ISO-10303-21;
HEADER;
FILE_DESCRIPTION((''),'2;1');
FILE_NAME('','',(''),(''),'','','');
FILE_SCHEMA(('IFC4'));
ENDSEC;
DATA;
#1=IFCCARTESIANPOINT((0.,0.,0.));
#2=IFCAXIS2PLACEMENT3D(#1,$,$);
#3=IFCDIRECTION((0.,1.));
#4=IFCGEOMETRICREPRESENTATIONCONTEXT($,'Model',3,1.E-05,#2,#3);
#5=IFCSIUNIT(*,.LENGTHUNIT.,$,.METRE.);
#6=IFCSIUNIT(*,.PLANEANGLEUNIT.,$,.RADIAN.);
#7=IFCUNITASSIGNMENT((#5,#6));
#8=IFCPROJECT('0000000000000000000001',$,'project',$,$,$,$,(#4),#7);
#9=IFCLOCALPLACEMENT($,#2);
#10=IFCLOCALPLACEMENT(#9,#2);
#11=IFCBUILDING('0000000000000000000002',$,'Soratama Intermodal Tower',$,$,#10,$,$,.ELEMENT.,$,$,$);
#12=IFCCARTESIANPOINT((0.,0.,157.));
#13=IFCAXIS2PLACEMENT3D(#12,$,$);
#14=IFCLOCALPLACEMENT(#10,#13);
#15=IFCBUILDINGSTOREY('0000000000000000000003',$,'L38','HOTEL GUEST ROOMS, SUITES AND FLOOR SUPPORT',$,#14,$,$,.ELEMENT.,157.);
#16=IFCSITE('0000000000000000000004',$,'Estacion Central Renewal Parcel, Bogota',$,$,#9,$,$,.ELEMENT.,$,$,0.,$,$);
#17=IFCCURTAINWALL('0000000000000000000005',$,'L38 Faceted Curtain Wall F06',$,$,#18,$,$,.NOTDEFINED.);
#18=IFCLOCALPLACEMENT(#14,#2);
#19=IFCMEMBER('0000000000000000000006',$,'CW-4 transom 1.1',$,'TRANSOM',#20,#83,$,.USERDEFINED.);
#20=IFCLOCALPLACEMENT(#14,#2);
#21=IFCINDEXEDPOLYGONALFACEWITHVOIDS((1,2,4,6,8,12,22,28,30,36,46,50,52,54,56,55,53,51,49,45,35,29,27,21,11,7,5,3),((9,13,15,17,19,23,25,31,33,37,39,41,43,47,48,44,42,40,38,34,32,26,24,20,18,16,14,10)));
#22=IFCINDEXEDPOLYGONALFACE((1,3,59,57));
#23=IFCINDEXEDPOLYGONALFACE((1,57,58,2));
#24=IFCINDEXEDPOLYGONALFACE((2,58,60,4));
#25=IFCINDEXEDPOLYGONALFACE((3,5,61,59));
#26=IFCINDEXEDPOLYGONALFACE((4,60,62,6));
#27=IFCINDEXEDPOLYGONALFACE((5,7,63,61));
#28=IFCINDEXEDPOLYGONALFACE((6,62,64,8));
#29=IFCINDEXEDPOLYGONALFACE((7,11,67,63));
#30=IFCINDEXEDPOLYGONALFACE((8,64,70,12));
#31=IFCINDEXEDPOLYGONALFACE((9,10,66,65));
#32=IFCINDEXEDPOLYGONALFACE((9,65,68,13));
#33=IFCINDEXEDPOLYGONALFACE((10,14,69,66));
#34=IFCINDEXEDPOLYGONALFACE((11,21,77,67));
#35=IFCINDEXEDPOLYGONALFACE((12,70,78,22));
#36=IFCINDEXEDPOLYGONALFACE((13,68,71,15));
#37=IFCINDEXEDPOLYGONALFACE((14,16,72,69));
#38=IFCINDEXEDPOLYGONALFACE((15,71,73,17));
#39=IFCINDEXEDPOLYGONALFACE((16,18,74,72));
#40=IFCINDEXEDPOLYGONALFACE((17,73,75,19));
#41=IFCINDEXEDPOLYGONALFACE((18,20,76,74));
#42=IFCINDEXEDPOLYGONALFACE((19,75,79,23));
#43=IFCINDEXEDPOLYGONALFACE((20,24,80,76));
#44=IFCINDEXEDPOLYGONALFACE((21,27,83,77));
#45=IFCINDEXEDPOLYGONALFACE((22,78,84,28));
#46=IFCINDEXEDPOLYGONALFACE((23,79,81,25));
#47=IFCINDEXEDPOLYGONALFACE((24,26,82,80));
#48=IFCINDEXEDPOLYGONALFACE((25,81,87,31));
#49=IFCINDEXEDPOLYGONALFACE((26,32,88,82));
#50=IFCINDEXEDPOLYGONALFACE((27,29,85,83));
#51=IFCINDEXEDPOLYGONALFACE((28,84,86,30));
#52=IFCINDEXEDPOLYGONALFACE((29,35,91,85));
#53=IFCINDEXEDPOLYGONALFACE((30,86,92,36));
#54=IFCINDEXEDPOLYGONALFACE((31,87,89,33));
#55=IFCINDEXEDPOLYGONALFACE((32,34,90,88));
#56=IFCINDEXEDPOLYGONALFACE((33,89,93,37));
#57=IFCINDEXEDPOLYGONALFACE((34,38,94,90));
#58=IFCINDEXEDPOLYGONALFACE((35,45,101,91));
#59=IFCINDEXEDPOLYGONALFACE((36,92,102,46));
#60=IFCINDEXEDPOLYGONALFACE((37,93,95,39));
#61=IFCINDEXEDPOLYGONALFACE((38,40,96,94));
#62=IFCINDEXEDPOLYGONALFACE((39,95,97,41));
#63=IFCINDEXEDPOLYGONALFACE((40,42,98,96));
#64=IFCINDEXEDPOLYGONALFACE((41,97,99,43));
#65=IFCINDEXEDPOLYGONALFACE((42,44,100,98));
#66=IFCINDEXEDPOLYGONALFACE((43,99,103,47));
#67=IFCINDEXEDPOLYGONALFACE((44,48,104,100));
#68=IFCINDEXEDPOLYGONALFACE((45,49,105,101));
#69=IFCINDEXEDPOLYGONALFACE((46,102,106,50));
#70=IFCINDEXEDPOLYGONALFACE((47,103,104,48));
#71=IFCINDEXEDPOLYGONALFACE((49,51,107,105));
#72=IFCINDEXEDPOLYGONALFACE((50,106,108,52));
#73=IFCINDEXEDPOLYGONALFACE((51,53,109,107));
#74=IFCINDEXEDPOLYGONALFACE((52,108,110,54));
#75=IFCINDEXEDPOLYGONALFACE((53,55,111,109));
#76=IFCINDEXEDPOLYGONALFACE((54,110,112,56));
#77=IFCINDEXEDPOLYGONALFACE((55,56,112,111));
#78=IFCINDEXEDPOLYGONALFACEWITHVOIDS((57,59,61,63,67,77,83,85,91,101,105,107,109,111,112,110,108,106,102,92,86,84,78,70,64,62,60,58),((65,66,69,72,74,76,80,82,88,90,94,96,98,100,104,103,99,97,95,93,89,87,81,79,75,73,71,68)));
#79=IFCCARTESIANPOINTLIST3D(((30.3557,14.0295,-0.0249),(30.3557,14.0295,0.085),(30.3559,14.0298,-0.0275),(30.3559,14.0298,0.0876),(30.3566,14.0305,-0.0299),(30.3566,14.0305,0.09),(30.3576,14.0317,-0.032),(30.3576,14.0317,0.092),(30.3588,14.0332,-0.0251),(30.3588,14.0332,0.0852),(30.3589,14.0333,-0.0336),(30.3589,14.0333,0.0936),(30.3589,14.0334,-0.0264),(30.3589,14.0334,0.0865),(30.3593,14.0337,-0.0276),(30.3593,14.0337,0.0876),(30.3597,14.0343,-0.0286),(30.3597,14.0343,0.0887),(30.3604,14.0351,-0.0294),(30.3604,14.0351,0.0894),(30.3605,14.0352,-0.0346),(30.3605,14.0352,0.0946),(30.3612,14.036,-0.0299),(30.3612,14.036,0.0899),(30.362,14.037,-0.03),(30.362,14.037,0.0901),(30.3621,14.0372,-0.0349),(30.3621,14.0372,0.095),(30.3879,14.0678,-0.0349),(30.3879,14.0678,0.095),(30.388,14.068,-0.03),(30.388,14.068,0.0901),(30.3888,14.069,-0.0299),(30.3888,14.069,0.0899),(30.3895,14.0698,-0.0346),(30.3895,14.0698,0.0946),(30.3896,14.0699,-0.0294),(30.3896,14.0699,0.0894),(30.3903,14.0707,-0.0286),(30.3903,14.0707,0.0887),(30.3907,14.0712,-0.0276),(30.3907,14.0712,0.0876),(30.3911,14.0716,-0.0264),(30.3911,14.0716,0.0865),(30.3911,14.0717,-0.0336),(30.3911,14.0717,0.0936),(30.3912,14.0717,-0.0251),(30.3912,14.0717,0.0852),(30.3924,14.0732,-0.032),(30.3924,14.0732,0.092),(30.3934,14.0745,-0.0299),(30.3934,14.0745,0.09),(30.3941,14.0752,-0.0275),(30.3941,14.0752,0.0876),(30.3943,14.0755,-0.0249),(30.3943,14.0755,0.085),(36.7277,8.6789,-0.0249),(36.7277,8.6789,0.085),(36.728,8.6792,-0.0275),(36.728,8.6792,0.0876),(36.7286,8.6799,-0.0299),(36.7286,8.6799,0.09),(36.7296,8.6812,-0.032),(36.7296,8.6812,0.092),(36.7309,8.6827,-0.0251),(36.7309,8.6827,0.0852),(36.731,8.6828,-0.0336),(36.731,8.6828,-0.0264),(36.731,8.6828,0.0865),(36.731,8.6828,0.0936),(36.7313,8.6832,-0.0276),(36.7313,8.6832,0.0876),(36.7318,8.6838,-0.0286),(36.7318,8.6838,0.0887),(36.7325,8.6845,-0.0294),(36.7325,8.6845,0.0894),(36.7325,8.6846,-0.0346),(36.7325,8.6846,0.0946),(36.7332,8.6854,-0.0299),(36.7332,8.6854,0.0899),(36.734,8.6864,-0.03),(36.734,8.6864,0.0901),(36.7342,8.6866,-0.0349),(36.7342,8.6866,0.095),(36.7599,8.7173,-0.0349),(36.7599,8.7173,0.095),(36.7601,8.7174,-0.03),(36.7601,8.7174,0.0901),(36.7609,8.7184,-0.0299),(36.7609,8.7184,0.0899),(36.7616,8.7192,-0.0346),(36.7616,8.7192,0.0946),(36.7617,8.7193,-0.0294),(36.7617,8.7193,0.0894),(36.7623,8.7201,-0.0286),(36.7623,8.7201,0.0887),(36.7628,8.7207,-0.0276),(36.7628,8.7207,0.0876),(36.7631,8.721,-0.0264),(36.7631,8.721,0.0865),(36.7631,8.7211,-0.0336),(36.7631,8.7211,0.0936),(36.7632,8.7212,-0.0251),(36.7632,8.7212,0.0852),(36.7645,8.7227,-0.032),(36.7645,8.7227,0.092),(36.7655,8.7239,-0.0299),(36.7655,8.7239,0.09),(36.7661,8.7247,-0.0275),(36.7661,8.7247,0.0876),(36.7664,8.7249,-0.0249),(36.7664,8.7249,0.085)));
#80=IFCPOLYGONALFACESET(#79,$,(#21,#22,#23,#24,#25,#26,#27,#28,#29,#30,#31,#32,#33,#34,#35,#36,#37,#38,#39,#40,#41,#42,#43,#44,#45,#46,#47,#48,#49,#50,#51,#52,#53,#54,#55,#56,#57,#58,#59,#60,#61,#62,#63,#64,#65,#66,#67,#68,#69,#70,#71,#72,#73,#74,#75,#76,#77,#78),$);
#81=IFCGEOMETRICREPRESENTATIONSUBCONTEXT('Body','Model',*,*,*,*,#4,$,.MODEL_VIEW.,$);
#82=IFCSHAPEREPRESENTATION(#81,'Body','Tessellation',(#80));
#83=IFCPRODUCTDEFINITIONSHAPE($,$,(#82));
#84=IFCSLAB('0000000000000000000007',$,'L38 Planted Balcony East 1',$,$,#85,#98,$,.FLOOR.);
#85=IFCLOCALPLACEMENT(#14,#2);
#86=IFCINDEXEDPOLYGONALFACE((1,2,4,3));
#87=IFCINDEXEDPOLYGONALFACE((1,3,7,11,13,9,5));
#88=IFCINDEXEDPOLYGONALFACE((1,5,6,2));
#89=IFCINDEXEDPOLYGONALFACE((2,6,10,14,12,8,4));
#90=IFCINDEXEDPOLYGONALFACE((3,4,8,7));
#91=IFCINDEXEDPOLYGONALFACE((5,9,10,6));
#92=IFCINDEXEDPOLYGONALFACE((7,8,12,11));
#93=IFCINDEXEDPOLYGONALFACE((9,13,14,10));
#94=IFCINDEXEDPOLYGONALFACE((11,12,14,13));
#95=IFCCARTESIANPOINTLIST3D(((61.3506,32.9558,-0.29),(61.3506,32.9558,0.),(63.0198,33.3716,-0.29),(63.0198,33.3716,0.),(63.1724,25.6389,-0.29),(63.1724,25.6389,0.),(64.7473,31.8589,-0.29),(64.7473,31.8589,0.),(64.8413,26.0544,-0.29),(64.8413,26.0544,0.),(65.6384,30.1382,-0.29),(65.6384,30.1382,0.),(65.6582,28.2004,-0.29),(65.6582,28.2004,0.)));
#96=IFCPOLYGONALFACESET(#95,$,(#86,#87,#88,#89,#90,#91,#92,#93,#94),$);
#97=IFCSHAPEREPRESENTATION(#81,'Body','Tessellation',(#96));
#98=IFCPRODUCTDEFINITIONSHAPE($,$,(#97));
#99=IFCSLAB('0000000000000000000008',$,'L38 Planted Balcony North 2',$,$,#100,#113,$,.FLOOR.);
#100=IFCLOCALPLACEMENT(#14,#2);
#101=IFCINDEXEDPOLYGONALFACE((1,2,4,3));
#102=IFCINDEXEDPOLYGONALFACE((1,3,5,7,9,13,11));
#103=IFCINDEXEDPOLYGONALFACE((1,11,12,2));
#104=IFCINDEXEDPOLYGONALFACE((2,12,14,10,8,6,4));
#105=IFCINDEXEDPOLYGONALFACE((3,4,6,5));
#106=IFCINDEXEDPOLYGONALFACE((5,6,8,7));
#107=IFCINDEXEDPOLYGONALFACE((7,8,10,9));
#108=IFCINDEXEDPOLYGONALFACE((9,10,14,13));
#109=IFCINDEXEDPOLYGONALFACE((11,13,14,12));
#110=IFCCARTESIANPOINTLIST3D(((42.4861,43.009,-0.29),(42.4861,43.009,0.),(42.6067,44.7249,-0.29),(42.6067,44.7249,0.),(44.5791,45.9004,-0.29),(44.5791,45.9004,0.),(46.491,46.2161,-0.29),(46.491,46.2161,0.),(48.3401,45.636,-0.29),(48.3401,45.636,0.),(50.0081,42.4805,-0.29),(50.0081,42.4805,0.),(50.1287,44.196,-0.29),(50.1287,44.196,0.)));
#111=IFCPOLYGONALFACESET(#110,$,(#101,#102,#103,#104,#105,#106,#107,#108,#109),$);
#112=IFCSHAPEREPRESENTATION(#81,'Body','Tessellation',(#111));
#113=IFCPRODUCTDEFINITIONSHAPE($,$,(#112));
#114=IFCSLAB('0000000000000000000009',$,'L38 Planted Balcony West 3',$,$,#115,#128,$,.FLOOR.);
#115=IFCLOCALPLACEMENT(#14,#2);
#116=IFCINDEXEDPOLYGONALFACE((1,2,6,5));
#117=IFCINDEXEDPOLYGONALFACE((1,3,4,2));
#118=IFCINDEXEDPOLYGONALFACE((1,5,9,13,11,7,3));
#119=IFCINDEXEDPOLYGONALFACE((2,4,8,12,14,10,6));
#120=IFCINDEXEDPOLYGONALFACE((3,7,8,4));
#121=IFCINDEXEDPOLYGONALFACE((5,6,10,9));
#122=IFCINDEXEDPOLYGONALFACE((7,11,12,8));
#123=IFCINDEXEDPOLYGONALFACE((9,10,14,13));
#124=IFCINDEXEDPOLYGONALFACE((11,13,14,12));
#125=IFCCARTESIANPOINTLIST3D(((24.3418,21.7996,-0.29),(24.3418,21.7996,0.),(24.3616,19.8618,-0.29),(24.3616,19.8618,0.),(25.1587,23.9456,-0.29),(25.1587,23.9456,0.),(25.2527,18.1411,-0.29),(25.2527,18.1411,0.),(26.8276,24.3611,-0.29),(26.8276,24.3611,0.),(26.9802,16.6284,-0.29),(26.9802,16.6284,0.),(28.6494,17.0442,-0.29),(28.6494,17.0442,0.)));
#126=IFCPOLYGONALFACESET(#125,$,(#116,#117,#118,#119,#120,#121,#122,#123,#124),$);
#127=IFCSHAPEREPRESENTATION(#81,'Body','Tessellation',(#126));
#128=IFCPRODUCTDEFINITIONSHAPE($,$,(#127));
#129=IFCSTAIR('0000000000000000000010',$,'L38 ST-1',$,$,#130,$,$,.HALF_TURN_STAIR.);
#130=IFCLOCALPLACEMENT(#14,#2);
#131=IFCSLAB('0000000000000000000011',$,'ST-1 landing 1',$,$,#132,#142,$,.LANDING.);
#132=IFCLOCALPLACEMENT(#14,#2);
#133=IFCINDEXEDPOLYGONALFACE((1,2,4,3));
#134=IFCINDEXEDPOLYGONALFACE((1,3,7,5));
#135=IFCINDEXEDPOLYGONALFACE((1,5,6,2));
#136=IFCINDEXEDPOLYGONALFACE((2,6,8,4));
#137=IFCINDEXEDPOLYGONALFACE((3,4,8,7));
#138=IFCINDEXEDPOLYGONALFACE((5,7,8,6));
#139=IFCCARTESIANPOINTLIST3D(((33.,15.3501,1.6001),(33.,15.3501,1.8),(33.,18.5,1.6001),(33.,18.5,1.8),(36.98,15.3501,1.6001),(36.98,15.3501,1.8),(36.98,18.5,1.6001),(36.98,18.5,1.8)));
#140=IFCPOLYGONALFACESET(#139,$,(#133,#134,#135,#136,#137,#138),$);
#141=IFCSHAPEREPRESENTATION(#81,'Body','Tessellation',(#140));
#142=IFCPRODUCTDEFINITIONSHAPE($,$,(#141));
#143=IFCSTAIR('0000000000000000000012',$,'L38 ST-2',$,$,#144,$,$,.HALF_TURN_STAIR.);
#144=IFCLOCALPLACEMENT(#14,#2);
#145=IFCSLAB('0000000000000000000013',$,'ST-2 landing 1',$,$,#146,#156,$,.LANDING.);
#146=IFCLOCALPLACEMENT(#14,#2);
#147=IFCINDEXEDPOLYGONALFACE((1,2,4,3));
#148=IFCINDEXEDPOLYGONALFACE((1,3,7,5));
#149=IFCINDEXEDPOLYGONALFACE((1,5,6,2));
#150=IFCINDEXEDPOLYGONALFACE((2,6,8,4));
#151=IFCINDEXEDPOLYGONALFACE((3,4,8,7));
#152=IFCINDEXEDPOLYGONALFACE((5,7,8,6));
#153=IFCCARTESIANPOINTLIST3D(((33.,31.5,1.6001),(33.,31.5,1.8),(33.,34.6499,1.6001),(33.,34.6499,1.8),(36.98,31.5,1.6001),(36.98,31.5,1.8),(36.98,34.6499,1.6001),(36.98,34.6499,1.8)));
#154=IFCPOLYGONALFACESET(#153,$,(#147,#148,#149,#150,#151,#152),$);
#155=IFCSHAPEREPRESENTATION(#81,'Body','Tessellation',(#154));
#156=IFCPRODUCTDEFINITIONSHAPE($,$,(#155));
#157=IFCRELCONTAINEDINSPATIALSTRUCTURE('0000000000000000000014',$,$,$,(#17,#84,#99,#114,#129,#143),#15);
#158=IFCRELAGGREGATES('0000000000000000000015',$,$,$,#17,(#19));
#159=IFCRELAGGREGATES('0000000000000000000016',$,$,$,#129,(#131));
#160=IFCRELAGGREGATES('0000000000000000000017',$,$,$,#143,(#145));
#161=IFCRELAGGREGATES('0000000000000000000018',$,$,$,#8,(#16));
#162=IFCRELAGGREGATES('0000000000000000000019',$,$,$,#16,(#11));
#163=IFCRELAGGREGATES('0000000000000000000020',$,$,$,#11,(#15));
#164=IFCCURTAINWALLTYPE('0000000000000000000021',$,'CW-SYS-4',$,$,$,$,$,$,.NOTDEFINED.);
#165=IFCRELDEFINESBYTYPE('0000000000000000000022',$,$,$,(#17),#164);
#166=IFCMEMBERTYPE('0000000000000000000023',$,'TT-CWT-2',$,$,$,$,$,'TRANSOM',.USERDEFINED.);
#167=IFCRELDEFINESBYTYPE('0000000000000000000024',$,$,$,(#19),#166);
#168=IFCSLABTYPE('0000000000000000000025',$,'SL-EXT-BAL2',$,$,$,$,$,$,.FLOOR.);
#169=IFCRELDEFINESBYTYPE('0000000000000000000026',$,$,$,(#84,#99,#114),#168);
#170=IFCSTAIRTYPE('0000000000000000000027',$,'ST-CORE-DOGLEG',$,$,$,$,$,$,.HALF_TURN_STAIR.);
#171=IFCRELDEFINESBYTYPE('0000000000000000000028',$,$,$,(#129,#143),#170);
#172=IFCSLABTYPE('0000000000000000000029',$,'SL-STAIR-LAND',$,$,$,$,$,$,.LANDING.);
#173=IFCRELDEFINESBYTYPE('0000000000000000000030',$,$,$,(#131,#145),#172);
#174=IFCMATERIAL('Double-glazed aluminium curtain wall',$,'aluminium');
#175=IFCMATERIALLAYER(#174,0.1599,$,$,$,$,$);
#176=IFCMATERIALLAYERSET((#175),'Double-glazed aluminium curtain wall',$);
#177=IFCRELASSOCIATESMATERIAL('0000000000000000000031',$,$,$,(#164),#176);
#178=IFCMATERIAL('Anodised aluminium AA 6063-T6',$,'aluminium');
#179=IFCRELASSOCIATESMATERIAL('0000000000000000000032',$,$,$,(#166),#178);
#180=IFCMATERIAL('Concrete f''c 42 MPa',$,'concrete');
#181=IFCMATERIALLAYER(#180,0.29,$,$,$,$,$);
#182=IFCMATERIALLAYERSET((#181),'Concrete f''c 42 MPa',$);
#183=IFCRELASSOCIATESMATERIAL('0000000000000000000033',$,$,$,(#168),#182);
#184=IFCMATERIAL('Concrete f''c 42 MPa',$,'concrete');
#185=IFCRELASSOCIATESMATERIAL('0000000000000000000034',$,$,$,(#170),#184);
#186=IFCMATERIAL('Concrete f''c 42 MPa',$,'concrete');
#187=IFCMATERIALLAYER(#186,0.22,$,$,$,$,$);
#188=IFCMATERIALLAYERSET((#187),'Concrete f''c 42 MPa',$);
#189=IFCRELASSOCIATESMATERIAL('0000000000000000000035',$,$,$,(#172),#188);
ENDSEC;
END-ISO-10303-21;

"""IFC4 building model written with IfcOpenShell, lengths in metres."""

from ifc_helpers import new_model, si_unit, direction, frame, origin, origin_2d, place, context, subcontext, project, spatial, polyline, hollow_rectangle, outline, extrude, material, layer, layer_set, material_profile, profile_set, type_object, element, aggregate, save


model = new_model("IFC4")

# Units and contexts
model_context = context("Model", 3, precision=1e-05, world=origin(), true_north=direction((0.0, 1.0)))
body_context = subcontext(model_context, "Body", "Model", "MODEL_VIEW")
ifc_project = project(units=[si_unit("LENGTHUNIT", "METRE"), si_unit("PLANEANGLEUNIT", "RADIAN")], contexts=[model_context])

# Site, building, storey
site_placement = place(None, origin())
site = spatial("IfcSite", under=ifc_project, at=site_placement, Name="Estacion Central Renewal Parcel, Bogota", CompositionType="ELEMENT", RefElevation=0.0)
building_placement = place(site_placement, origin())
building = spatial("IfcBuilding", under=site, at=building_placement, Name="Soratama Intermodal Tower", CompositionType="ELEMENT")
storey_placement = place(building_placement, frame((0.0, 0.0, 157.0)))
storey = spatial("IfcBuildingStorey", under=building, at=storey_placement, Name="L38", Description="HOTEL GUEST ROOMS, SUITES AND FLOOR SUPPORT", CompositionType="ELEMENT", Elevation=157.0)

# Curtain wall, member
ifc_material_1 = material(Name="Double-glazed aluminium curtain wall", Category="aluminium")
ifc_layer_1 = layer(ifc_material_1, 0.1599)
ifc_layer_set_1 = layer_set([ifc_layer_1], Name="Double-glazed aluminium curtain wall")
curtain_wall_type = type_object("IfcCurtainWallType", Name="CW-SYS-4", PredefinedType="NOTDEFINED", material=ifc_layer_set_1)
curtain_wall_placement = place(storey_placement, origin())
curtain_wall = element("IfcCurtainWall", 1, at=curtain_wall_placement, inside=storey, type_object=curtain_wall_type, Name="L38 Faceted Curtain Wall F06", PredefinedType="NOTDEFINED")
ifc_material_2 = material(Name="Anodised aluminium AA 6063-T6", Category="aluminium")
ifc_material_profile_1 = material_profile(ifc_material_2, hollow_rectangle(XDim=0.0601, YDim=0.1299, WallThickness=0.0049, InnerFilletRadius=0.0049, OuterFilletRadius=0.01, at=origin_2d()), Name="CWT130X60X5")
ifc_profile_set_1 = profile_set([ifc_material_profile_1], Name="Anodised aluminium AA 6063-T6")
member_type_1 = type_object("IfcMemberType", Name="TT-CWT-2", ElementType="TRANSOM", PredefinedType="USERDEFINED", material=ifc_profile_set_1)
member_1_placement = place(storey_placement, frame((30.375, 14.0525, 0.03), z_axis=(0.76582, -0.643054, 0.0), x_axis=(0.643054, 0.76582, 0.0)))
member_1 = element("IfcMember", 2, at=member_1_placement, type_object=member_type_1, Name="CW-4 transom 1.1", ObjectType="TRANSOM", PredefinedType="USERDEFINED", context=body_context, shape_type="SweptSolid", body=[
    extrude(hollow_rectangle(XDim=0.0601, YDim=0.1299, WallThickness=0.0049, InnerFilletRadius=0.0049, OuterFilletRadius=0.01, at=origin_2d()), origin(), (0.0, 0.0, 1.0), 8.3206),
])
aggregate(curtain_wall, [member_1])

# Slabs
ifc_material_3 = material(Name="Concrete f'c 42 MPa", Category="concrete")
ifc_layer_2 = layer(ifc_material_3, 0.29)
ifc_layer_set_2 = layer_set([ifc_layer_2], Name="Concrete f'c 42 MPa")
slab_type_1 = type_object("IfcSlabType", Name="SL-EXT-BAL2", PredefinedType="FLOOR", material=ifc_layer_set_2)
slab_1_placement = place(storey_placement, frame((0.0, 0.0, -0.29)))
element("IfcSlab", 3, at=slab_1_placement, inside=storey, type_object=slab_type_1, Name="L38 Planted Balcony East 1", PredefinedType="FLOOR", context=body_context, shape_type="SweptSolid", body=[
    extrude(outline(polyline([(63.1724, 25.6389), (61.3506, 32.9558), (63.0198, 33.3716), (64.7473, 31.8589), (65.6384, 30.1382), (65.6582, 28.2004), (64.8413, 26.0544), (63.1724, 25.6389)])), origin(), (0.0, 0.0, 1.0), 0.29),
])
slab_2_placement = place(storey_placement, frame((0.0, 0.0, -0.29)))
element("IfcSlab", 4, at=slab_2_placement, inside=storey, type_object=slab_type_1, Name="L38 Planted Balcony North 2", PredefinedType="FLOOR", context=body_context, shape_type="SweptSolid", body=[
    extrude(outline(polyline([(50.0081, 42.4805), (42.4861, 43.009), (42.6067, 44.7249), (44.5791, 45.9004), (46.491, 46.2161), (48.3401, 45.636), (50.1287, 44.196), (50.0081, 42.4805)])), origin(), (0.0, 0.0, 1.0), 0.29),
])
slab_3_placement = place(storey_placement, frame((0.0, 0.0, -0.29)))
element("IfcSlab", 5, at=slab_3_placement, inside=storey, type_object=slab_type_1, Name="L38 Planted Balcony West 3", PredefinedType="FLOOR", context=body_context, shape_type="SweptSolid", body=[
    extrude(outline(polyline([(26.8276, 24.3611), (28.6494, 17.0442), (26.9802, 16.6284), (25.2527, 18.1411), (24.3616, 19.8618), (24.3418, 21.7996), (25.1587, 23.9456), (26.8276, 24.3611)])), origin(), (0.0, 0.0, 1.0), 0.29),
])

# Stairs, slabs
ifc_material_4 = material(Name="Concrete f'c 42 MPa", Category="concrete")
stair_type = type_object("IfcStairType", Name="ST-CORE-DOGLEG", PredefinedType="HALF_TURN_STAIR", material=ifc_material_4)
stair_1_placement = place(storey_placement, origin())
stair_1 = element("IfcStair", 6, at=stair_1_placement, inside=storey, type_object=stair_type, Name="L38 ST-1", PredefinedType="HALF_TURN_STAIR")
ifc_material_5 = material(Name="Concrete f'c 42 MPa", Category="concrete")
ifc_layer_3 = layer(ifc_material_5, 0.22)
ifc_layer_set_3 = layer_set([ifc_layer_3], Name="Concrete f'c 42 MPa")
slab_type_2 = type_object("IfcSlabType", Name="SL-STAIR-LAND", PredefinedType="LANDING", material=ifc_layer_set_3)
slab_4_placement = place(storey_placement, frame((0.0, 0.0, 1.6001)))
slab_4 = element("IfcSlab", 7, at=slab_4_placement, type_object=slab_type_2, Name="ST-1 landing 1", PredefinedType="LANDING", context=body_context, shape_type="SweptSolid", body=[
    extrude(outline(polyline([(36.98, 18.5), (33.0, 18.5), (33.0, 15.3501), (36.98, 15.3501), (36.98, 18.5)])), origin(), (0.0, 0.0, 1.0), 0.2),
])
aggregate(stair_1, [slab_4])
stair_2_placement = place(storey_placement, origin())
stair_2 = element("IfcStair", 8, at=stair_2_placement, inside=storey, type_object=stair_type, Name="L38 ST-2", PredefinedType="HALF_TURN_STAIR")
slab_5_placement = place(storey_placement, frame((0.0, 0.0, 1.6001)))
slab_5 = element("IfcSlab", 9, at=slab_5_placement, type_object=slab_type_2, Name="ST-2 landing 1", PredefinedType="LANDING", context=body_context, shape_type="SweptSolid", body=[
    extrude(outline(polyline([(36.98, 34.6499), (33.0, 34.6499), (33.0, 31.5), (36.98, 31.5), (36.98, 34.6499)])), origin(), (0.0, 0.0, 1.0), 0.2),
])
aggregate(stair_2, [slab_5])

save(model, "model.ifc")
